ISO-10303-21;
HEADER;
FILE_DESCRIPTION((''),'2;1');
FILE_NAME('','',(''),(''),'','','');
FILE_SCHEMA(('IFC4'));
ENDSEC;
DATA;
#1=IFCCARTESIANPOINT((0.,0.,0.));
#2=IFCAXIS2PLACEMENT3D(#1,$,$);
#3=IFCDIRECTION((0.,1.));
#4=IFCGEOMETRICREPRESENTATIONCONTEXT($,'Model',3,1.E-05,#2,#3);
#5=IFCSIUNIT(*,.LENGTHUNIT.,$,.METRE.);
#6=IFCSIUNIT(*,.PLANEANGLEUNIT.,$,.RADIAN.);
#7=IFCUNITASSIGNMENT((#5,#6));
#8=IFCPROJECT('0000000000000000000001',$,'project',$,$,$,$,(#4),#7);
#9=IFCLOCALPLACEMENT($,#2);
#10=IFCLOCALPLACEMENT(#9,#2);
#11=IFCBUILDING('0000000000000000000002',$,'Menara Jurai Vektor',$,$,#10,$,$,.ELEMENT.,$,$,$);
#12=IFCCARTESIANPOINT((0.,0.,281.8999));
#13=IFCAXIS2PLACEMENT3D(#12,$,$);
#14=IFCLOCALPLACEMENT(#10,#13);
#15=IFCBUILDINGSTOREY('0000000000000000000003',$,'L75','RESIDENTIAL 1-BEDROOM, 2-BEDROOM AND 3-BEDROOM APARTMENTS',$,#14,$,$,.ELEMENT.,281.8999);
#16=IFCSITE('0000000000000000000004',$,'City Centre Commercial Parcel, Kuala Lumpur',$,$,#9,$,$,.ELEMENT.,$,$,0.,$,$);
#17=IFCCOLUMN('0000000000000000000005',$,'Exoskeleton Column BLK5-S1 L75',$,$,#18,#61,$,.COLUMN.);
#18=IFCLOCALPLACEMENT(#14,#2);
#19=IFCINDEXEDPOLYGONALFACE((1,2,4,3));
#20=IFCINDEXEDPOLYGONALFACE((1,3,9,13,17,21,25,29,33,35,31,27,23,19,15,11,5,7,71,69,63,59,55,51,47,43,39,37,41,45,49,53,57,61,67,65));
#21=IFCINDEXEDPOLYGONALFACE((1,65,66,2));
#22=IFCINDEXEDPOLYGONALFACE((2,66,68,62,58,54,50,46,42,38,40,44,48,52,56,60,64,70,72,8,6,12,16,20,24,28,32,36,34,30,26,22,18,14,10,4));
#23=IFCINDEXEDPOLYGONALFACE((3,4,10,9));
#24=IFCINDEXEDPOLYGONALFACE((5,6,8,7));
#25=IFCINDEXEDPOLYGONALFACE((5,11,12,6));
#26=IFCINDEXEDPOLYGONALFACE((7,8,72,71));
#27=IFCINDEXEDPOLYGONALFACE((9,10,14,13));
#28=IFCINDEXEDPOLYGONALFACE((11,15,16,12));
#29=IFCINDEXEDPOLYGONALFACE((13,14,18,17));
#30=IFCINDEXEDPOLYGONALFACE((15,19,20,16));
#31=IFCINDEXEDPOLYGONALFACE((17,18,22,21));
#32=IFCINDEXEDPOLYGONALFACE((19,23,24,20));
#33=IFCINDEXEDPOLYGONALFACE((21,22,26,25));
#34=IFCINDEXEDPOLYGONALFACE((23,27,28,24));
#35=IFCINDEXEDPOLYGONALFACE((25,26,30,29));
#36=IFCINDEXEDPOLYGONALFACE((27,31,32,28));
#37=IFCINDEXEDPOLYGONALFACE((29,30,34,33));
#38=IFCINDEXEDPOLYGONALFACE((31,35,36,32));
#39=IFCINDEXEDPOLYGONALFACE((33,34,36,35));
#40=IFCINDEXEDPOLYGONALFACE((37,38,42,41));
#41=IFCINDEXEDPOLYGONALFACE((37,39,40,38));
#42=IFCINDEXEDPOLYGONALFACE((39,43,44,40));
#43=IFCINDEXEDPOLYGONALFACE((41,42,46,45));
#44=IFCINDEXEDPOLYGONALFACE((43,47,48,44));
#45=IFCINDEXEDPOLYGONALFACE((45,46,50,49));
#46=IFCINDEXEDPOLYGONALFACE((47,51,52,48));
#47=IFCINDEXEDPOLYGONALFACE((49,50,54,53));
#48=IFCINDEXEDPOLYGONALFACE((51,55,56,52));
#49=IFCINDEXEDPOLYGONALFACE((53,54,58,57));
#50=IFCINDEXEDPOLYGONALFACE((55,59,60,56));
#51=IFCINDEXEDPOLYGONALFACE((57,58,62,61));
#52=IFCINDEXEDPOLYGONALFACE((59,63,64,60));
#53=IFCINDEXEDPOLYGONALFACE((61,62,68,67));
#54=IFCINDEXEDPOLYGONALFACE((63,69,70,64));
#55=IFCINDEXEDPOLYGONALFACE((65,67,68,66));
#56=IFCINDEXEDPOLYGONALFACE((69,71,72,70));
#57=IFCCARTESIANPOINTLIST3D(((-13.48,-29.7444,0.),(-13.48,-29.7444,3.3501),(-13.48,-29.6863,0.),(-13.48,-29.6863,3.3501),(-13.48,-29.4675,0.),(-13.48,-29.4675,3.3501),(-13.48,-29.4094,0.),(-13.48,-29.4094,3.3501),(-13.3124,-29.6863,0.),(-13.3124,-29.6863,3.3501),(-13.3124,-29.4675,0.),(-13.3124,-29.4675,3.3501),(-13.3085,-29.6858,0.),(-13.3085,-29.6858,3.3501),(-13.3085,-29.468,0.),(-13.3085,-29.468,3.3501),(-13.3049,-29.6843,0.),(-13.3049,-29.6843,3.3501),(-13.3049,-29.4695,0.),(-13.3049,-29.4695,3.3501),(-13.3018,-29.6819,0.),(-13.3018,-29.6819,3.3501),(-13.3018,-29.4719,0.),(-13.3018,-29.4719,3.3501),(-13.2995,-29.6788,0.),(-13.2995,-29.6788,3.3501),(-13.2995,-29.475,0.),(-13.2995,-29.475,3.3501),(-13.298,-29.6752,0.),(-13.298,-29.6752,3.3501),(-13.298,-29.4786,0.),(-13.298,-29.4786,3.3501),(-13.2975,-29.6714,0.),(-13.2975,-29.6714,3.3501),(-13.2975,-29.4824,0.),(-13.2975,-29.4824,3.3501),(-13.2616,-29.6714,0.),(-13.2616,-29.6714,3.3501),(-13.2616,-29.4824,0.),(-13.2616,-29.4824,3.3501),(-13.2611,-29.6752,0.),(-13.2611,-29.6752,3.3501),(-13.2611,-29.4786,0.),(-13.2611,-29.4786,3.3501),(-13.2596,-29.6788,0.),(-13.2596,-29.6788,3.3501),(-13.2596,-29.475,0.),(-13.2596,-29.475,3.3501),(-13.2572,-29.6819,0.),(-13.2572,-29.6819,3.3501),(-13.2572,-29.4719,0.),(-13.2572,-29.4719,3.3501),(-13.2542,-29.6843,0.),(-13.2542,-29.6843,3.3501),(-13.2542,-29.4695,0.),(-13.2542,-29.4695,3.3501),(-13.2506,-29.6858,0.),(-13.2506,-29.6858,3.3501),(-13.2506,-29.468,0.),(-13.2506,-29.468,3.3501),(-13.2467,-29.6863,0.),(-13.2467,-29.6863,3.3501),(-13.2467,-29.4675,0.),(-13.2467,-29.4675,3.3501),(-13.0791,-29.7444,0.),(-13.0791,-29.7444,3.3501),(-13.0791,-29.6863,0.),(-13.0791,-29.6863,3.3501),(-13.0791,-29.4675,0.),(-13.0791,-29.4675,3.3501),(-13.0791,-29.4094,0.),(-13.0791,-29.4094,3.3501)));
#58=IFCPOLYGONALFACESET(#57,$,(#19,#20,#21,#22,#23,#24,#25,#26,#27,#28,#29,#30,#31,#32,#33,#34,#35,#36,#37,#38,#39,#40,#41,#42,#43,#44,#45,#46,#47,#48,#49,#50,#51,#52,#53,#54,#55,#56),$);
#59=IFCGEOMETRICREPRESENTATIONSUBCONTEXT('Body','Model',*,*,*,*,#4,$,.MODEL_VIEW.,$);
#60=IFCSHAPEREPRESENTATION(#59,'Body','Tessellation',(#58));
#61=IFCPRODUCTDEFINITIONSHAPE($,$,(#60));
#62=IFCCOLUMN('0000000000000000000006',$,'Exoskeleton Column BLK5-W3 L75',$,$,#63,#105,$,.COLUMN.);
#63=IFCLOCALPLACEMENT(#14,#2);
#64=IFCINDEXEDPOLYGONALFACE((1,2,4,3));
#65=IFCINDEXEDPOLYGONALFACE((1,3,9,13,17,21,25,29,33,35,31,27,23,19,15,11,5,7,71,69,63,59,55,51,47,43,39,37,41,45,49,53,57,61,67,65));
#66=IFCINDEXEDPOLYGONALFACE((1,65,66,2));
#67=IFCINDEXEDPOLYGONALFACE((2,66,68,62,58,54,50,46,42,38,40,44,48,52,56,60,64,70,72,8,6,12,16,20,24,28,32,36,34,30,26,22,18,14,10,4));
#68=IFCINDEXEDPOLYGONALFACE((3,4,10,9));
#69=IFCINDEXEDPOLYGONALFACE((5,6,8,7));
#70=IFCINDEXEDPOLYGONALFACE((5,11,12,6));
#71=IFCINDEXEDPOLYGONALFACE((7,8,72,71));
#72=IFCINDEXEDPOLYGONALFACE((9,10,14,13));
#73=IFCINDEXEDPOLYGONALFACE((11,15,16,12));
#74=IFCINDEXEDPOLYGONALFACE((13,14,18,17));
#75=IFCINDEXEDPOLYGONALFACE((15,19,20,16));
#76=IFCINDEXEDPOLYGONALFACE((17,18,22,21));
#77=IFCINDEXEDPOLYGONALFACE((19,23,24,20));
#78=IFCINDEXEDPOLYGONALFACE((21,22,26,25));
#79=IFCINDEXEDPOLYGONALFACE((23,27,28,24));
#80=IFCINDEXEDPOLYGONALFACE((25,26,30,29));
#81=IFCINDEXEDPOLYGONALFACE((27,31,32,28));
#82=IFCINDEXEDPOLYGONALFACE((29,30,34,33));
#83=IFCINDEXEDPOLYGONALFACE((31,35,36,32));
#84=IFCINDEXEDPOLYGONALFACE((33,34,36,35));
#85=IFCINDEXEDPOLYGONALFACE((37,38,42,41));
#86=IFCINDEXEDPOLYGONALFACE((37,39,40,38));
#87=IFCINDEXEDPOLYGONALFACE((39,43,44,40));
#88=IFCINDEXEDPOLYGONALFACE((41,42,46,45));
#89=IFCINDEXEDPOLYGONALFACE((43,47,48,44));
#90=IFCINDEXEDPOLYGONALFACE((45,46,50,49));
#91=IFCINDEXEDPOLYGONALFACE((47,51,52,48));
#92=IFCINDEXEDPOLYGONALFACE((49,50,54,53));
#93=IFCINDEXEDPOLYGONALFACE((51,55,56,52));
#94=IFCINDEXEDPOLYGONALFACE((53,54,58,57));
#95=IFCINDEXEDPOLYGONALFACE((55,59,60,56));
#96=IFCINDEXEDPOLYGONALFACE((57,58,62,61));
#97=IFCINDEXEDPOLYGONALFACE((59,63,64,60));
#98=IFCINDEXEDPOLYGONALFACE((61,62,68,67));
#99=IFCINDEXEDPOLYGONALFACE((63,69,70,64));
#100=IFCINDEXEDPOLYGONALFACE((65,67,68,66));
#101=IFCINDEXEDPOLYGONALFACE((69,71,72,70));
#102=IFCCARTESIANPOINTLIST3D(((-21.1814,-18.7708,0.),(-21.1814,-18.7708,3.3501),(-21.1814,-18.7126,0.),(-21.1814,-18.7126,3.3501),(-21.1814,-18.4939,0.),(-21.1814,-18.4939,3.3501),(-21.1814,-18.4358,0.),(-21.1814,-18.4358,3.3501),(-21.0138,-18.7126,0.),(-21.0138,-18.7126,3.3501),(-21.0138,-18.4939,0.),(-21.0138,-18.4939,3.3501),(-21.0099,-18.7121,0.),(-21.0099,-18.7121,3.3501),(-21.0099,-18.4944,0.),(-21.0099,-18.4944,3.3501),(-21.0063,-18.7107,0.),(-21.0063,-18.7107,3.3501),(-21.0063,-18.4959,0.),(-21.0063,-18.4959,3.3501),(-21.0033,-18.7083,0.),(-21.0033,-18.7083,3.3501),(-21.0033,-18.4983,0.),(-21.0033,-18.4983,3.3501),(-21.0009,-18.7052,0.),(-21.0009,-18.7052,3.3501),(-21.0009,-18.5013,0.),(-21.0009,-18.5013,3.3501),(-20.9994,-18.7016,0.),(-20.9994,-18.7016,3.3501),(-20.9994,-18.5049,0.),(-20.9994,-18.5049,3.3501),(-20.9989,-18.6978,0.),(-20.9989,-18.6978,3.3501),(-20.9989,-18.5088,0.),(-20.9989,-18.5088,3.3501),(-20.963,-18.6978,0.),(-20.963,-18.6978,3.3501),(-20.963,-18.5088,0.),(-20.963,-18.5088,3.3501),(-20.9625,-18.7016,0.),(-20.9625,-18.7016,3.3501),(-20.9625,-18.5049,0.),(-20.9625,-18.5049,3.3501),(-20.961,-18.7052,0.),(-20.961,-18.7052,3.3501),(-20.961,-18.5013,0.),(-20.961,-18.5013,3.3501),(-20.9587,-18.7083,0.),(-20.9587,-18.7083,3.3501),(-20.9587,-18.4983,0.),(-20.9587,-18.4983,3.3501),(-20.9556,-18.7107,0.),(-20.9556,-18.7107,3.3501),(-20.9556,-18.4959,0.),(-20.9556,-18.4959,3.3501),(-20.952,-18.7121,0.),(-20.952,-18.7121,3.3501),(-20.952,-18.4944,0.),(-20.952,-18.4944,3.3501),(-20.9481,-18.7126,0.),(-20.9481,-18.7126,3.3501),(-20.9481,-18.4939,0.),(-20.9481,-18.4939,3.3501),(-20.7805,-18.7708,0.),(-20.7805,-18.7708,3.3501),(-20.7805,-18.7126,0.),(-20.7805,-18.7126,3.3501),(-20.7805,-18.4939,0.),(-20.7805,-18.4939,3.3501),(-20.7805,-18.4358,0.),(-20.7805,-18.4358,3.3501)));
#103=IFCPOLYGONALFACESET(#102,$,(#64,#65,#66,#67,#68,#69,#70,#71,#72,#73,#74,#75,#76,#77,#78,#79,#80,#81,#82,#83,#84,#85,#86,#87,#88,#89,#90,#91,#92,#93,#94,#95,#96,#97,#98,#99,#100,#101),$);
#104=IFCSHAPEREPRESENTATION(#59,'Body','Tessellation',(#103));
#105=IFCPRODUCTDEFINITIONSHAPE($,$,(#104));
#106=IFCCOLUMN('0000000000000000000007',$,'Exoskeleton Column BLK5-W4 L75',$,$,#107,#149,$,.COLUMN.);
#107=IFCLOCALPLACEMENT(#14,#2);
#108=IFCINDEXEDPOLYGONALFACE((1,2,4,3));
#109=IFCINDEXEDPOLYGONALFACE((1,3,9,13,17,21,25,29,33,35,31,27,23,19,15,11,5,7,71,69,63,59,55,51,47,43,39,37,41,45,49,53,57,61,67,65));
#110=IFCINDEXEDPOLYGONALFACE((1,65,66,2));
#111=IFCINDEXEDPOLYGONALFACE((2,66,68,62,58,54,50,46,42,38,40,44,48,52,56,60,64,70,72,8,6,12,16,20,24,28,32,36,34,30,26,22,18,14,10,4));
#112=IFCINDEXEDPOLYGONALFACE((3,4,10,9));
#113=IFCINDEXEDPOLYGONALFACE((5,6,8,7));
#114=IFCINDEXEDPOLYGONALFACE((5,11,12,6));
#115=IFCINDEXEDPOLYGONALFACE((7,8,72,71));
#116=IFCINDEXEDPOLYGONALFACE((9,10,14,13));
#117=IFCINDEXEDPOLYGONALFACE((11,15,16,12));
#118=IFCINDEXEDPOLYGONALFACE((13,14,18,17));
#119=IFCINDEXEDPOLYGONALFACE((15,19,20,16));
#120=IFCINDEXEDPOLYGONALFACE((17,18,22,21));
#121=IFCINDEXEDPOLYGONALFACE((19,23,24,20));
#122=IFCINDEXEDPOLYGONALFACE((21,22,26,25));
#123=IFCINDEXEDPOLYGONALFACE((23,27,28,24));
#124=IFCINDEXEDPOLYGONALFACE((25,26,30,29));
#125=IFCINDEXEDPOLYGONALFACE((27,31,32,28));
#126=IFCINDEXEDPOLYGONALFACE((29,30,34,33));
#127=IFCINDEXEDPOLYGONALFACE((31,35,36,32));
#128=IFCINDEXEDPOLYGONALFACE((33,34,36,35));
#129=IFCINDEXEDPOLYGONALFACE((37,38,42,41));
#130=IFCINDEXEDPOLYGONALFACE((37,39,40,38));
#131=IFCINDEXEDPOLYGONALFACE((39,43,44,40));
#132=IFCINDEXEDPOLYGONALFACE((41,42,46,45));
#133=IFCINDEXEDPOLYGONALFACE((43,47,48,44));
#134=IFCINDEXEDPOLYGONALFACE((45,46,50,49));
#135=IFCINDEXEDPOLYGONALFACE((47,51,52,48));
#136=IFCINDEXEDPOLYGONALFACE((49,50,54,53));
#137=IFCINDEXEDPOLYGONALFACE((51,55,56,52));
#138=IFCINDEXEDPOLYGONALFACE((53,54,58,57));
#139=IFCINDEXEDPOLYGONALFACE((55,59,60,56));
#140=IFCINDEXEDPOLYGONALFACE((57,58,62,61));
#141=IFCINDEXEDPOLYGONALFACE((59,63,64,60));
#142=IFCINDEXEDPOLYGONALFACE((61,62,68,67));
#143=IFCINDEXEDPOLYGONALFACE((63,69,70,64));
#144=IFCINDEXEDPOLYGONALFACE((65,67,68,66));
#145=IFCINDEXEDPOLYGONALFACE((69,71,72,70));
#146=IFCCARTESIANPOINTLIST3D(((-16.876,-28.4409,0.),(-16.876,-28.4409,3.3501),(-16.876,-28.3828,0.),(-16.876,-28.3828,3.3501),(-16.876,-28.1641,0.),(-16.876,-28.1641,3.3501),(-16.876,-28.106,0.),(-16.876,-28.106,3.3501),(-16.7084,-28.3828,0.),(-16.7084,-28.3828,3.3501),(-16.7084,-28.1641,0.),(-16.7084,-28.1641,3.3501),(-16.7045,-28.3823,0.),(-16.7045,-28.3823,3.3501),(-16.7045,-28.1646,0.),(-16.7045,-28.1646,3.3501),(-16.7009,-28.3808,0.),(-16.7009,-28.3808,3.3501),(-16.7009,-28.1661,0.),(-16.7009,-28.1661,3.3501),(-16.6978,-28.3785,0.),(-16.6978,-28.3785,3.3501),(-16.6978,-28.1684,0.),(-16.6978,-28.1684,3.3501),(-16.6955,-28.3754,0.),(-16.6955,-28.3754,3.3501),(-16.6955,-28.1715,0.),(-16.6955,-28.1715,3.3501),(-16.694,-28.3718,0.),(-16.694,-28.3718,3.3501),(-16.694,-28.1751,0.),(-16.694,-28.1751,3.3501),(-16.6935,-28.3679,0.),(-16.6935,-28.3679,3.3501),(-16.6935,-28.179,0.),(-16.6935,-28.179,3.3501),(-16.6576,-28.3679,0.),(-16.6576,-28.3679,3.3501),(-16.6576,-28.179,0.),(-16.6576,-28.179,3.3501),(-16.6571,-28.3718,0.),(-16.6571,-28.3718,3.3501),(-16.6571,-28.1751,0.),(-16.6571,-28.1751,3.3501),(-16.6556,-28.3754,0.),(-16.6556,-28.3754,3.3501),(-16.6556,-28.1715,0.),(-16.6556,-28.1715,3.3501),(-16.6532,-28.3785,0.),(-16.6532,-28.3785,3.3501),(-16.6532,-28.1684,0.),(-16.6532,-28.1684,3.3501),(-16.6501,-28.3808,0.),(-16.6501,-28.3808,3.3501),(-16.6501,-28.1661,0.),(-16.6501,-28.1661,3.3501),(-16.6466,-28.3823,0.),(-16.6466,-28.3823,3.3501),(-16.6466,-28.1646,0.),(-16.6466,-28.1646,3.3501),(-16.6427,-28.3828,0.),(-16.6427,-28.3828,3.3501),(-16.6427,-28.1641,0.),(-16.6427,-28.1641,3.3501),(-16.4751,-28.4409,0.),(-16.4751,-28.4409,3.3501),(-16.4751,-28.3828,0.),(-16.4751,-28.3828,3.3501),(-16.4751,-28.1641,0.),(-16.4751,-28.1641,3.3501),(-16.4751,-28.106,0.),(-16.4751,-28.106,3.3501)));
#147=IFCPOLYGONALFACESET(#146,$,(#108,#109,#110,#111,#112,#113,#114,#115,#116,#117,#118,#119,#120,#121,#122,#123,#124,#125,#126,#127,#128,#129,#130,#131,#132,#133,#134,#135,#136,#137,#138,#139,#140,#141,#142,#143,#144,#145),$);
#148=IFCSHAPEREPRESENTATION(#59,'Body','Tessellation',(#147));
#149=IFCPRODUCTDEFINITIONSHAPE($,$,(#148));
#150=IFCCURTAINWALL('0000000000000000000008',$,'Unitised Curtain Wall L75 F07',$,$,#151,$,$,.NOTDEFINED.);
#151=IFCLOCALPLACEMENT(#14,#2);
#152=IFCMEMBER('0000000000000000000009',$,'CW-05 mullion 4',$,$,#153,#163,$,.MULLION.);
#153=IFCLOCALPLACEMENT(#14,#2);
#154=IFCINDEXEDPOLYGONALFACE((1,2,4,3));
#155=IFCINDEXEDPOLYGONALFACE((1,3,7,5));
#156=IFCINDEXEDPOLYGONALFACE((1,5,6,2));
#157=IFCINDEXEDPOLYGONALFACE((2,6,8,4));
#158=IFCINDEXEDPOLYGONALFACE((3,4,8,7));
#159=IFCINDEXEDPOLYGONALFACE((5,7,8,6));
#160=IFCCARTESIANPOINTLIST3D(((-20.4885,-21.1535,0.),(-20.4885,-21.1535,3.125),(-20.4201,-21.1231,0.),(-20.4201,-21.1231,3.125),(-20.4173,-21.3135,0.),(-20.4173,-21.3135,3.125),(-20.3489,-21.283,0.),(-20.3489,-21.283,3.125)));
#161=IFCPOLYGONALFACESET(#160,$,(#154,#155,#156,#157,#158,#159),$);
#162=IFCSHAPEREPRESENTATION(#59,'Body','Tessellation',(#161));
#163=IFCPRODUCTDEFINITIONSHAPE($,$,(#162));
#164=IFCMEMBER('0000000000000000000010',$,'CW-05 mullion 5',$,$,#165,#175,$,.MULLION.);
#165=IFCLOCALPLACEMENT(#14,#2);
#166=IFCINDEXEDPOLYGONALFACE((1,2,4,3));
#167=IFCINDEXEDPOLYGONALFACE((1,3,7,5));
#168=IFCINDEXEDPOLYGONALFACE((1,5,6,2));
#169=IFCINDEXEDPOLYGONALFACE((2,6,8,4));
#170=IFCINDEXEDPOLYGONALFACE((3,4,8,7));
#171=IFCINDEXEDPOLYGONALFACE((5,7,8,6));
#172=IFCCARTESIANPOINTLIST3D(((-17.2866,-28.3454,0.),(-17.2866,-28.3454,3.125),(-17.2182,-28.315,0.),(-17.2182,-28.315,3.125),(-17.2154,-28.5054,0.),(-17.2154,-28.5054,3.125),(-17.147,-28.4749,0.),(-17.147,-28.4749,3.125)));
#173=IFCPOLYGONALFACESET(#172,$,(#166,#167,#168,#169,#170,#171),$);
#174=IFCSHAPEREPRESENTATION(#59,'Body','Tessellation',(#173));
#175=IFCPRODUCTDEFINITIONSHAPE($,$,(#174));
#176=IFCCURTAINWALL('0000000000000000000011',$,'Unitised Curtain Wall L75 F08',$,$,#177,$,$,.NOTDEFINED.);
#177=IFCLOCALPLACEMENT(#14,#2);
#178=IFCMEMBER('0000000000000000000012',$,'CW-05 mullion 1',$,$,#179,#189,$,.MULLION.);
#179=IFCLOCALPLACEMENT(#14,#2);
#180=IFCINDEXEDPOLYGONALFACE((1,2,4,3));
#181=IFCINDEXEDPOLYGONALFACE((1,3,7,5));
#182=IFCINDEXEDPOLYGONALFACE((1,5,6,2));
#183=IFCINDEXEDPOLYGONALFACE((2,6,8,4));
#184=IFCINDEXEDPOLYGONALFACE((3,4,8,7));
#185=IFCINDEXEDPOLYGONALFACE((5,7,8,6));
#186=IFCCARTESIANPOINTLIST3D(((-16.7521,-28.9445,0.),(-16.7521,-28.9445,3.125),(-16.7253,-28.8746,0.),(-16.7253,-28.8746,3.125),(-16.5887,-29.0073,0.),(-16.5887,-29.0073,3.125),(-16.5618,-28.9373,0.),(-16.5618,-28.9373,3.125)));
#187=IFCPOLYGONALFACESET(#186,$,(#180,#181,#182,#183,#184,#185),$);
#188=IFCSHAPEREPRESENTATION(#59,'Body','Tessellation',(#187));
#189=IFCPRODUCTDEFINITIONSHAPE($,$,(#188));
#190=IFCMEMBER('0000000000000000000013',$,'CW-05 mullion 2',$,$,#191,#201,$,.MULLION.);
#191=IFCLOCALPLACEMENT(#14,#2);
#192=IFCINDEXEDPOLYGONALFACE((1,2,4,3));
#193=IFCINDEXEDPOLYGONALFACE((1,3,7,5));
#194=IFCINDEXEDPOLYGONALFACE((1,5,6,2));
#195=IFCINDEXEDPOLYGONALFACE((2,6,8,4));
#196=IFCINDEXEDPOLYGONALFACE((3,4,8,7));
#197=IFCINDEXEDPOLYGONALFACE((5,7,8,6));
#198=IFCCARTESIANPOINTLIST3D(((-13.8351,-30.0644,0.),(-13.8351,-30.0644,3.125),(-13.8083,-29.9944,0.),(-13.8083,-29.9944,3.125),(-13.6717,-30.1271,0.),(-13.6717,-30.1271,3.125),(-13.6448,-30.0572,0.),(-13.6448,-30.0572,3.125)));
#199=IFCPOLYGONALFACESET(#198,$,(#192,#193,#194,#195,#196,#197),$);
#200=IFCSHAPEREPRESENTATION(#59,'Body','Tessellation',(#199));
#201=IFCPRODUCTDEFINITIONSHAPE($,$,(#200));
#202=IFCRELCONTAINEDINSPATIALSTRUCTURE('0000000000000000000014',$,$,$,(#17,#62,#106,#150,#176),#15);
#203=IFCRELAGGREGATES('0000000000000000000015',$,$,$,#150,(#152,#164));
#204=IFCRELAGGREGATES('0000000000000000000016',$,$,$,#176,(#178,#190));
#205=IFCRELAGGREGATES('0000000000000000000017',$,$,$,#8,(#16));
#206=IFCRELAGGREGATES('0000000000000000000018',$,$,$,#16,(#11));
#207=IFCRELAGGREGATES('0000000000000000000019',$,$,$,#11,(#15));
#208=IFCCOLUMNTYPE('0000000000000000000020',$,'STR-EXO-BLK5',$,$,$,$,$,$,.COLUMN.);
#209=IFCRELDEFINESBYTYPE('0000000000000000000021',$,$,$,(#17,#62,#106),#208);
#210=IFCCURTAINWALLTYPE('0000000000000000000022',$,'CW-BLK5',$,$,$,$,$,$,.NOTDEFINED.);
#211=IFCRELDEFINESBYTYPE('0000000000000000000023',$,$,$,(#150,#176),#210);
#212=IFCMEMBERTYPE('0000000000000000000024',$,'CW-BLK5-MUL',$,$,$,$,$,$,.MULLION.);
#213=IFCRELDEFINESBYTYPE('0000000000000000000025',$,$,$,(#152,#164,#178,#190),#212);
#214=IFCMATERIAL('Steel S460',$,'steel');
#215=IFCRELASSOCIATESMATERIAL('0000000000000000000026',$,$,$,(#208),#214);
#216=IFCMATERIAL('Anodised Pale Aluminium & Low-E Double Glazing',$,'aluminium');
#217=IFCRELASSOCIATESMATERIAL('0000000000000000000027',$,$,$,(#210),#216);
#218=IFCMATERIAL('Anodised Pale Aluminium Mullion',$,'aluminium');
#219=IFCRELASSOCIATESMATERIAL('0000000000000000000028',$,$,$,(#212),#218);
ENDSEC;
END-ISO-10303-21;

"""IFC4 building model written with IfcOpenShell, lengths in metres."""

from ifc_helpers import new_model, si_unit, direction, frame, origin, origin_2d, place, context, subcontext, project, spatial, rectangle, i_section, extrude, material, material_profile, profile_set, type_object, element, aggregate, save


model = new_model("IFC4")

# Units and contexts
model_context = context("Model", 3, precision=1e-05, world=origin(), true_north=direction((0.0, 1.0)))
body_context = subcontext(model_context, "Body", "Model", "MODEL_VIEW")
ifc_project = project(units=[si_unit("LENGTHUNIT", "METRE"), si_unit("PLANEANGLEUNIT", "RADIAN")], contexts=[model_context])

# Site, building, storey
site_placement = place(None, origin())
site = spatial("IfcSite", under=ifc_project, at=site_placement, Name="City Centre Commercial Parcel, Kuala Lumpur", CompositionType="ELEMENT", RefElevation=0.0)
building_placement = place(site_placement, origin())
building = spatial("IfcBuilding", under=site, at=building_placement, Name="Menara Jurai Vektor", CompositionType="ELEMENT")
storey_placement = place(building_placement, frame((0.0, 0.0, 281.8999)))
storey = spatial("IfcBuildingStorey", under=building, at=storey_placement, Name="L75", Description="RESIDENTIAL 1-BEDROOM, 2-BEDROOM AND 3-BEDROOM APARTMENTS", CompositionType="ELEMENT", Elevation=281.8999)

# Columns
ifc_material_1 = material(Name="Steel S460", Category="steel")
ifc_material_profile_1 = material_profile(ifc_material_1, i_section(OverallWidth=0.4009, OverallDepth=0.335, WebThickness=0.0359, FlangeThickness=0.0581, FilletRadius=0.0149, at=origin_2d()), Name="HD 400x463")
ifc_profile_set_1 = profile_set([ifc_material_profile_1], Name="Steel S460")
column_type = type_object("IfcColumnType", Name="STR-EXO-BLK5", PredefinedType="COLUMN", material=ifc_profile_set_1)
for number, where, z_axis, x_axis, name in (
    (1, (-13.2795, -29.5769, 0.0), (0.0, 0.0, 1.0), (1.0, 0.0, 0.0), "Exoskeleton Column BLK5-S1 L75"),
    (2, (-20.981, -18.6033, 0.0), (0.0, 0.0, 1.0), (1.0, 0.0, 0.0), "Exoskeleton Column BLK5-W3 L75"),
    (3, (-16.6755, -28.2734, 0.0), (0.0, 0.0, 1.0), (1.0, 0.0, 0.0), "Exoskeleton Column BLK5-W4 L75"),
):
    element("IfcColumn", number, at=place(storey_placement, frame(where, z_axis=z_axis, x_axis=x_axis)), inside=storey, type_object=column_type, Name=name, PredefinedType="COLUMN", context=body_context, shape_type="SweptSolid", body=[
        extrude(i_section(OverallWidth=0.4009, OverallDepth=0.335, WebThickness=0.0359, FlangeThickness=0.0581, FilletRadius=0.0149, at=origin_2d()), origin(), (0.0, 0.0, 1.0), 3.3501),
    ])

# Curtain walls, members
ifc_material_2 = material(Name="Anodised Pale Aluminium & Low-E Double Glazing", Category="aluminium")
curtain_wall_type = type_object("IfcCurtainWallType", Name="CW-BLK5", PredefinedType="NOTDEFINED", material=ifc_material_2)
curtain_wall_1_placement = place(storey_placement, origin())
curtain_wall_1 = element("IfcCurtainWall", 4, at=curtain_wall_1_placement, inside=storey, type_object=curtain_wall_type, Name="Unitised Curtain Wall L75 F07", PredefinedType="NOTDEFINED")
ifc_material_3 = material(Name="Anodised Pale Aluminium Mullion", Category="aluminium")
ifc_material_profile_2 = material_profile(ifc_material_3, rectangle(XDim=0.075, YDim=0.175, at=origin_2d()), Name="ALU MUL 75x175")
ifc_profile_set_2 = profile_set([ifc_material_profile_2], Name="Anodised Pale Aluminium Mullion")
member_type_1 = type_object("IfcMemberType", Name="CW-BLK5-MUL", PredefinedType="MULLION", material=ifc_profile_set_2)
member_1_placement = place(storey_placement, frame((-20.4187, -21.2183, 0.0), z_axis=(0.0, 0.0, 1.0), x_axis=(0.913546, 0.406735, 0.0)))
member_1 = element("IfcMember", 5, at=member_1_placement, type_object=member_type_1, Name="CW-05 mullion 4", PredefinedType="MULLION", context=body_context, shape_type="SweptSolid", body=[
    extrude(rectangle(XDim=0.075, YDim=0.175, at=origin_2d()), origin(), (0.0, 0.0, 1.0), 3.125),
])
member_2_placement = place(storey_placement, frame((-17.2168, -28.4102, 0.0), z_axis=(0.0, 0.0, 1.0), x_axis=(0.913546, 0.406735, 0.0)))
member_2 = element("IfcMember", 6, at=member_2_placement, type_object=member_type_1, Name="CW-05 mullion 5", PredefinedType="MULLION", context=body_context, shape_type="SweptSolid", body=[
    extrude(rectangle(XDim=0.075, YDim=0.175, at=origin_2d()), origin(), (0.0, 0.0, 1.0), 3.125),
])
curtain_wall_2_placement = place(storey_placement, origin())
curtain_wall_2 = element("IfcCurtainWall", 7, at=curtain_wall_2_placement, inside=storey, type_object=curtain_wall_type, Name="Unitised Curtain Wall L75 F08", PredefinedType="NOTDEFINED")
member_3_placement = place(storey_placement, frame((-16.657, -28.9409, 0.0), z_axis=(0.0, 0.0, 1.0), x_axis=(0.358374, 0.933578, 0.0)))
member_3 = element("IfcMember", 8, at=member_3_placement, type_object=member_type_1, Name="CW-05 mullion 1", PredefinedType="MULLION", context=body_context, shape_type="SweptSolid", body=[
    extrude(rectangle(XDim=0.075, YDim=0.175, at=origin_2d()), origin(), (0.0, 0.0, 1.0), 3.125),
])
member_4_placement = place(storey_placement, frame((-13.74, -30.0608, 0.0), z_axis=(0.0, 0.0, 1.0), x_axis=(0.358374, 0.933578, 0.0)))
member_4 = element("IfcMember", 9, at=member_4_placement, type_object=member_type_1, Name="CW-05 mullion 2", PredefinedType="MULLION", context=body_context, shape_type="SweptSolid", body=[
    extrude(rectangle(XDim=0.075, YDim=0.175, at=origin_2d()), origin(), (0.0, 0.0, 1.0), 3.125),
])

aggregate(curtain_wall_1, [member_1, member_2])
aggregate(curtain_wall_2, [member_3, member_4])

save(model, "model.ifc")
